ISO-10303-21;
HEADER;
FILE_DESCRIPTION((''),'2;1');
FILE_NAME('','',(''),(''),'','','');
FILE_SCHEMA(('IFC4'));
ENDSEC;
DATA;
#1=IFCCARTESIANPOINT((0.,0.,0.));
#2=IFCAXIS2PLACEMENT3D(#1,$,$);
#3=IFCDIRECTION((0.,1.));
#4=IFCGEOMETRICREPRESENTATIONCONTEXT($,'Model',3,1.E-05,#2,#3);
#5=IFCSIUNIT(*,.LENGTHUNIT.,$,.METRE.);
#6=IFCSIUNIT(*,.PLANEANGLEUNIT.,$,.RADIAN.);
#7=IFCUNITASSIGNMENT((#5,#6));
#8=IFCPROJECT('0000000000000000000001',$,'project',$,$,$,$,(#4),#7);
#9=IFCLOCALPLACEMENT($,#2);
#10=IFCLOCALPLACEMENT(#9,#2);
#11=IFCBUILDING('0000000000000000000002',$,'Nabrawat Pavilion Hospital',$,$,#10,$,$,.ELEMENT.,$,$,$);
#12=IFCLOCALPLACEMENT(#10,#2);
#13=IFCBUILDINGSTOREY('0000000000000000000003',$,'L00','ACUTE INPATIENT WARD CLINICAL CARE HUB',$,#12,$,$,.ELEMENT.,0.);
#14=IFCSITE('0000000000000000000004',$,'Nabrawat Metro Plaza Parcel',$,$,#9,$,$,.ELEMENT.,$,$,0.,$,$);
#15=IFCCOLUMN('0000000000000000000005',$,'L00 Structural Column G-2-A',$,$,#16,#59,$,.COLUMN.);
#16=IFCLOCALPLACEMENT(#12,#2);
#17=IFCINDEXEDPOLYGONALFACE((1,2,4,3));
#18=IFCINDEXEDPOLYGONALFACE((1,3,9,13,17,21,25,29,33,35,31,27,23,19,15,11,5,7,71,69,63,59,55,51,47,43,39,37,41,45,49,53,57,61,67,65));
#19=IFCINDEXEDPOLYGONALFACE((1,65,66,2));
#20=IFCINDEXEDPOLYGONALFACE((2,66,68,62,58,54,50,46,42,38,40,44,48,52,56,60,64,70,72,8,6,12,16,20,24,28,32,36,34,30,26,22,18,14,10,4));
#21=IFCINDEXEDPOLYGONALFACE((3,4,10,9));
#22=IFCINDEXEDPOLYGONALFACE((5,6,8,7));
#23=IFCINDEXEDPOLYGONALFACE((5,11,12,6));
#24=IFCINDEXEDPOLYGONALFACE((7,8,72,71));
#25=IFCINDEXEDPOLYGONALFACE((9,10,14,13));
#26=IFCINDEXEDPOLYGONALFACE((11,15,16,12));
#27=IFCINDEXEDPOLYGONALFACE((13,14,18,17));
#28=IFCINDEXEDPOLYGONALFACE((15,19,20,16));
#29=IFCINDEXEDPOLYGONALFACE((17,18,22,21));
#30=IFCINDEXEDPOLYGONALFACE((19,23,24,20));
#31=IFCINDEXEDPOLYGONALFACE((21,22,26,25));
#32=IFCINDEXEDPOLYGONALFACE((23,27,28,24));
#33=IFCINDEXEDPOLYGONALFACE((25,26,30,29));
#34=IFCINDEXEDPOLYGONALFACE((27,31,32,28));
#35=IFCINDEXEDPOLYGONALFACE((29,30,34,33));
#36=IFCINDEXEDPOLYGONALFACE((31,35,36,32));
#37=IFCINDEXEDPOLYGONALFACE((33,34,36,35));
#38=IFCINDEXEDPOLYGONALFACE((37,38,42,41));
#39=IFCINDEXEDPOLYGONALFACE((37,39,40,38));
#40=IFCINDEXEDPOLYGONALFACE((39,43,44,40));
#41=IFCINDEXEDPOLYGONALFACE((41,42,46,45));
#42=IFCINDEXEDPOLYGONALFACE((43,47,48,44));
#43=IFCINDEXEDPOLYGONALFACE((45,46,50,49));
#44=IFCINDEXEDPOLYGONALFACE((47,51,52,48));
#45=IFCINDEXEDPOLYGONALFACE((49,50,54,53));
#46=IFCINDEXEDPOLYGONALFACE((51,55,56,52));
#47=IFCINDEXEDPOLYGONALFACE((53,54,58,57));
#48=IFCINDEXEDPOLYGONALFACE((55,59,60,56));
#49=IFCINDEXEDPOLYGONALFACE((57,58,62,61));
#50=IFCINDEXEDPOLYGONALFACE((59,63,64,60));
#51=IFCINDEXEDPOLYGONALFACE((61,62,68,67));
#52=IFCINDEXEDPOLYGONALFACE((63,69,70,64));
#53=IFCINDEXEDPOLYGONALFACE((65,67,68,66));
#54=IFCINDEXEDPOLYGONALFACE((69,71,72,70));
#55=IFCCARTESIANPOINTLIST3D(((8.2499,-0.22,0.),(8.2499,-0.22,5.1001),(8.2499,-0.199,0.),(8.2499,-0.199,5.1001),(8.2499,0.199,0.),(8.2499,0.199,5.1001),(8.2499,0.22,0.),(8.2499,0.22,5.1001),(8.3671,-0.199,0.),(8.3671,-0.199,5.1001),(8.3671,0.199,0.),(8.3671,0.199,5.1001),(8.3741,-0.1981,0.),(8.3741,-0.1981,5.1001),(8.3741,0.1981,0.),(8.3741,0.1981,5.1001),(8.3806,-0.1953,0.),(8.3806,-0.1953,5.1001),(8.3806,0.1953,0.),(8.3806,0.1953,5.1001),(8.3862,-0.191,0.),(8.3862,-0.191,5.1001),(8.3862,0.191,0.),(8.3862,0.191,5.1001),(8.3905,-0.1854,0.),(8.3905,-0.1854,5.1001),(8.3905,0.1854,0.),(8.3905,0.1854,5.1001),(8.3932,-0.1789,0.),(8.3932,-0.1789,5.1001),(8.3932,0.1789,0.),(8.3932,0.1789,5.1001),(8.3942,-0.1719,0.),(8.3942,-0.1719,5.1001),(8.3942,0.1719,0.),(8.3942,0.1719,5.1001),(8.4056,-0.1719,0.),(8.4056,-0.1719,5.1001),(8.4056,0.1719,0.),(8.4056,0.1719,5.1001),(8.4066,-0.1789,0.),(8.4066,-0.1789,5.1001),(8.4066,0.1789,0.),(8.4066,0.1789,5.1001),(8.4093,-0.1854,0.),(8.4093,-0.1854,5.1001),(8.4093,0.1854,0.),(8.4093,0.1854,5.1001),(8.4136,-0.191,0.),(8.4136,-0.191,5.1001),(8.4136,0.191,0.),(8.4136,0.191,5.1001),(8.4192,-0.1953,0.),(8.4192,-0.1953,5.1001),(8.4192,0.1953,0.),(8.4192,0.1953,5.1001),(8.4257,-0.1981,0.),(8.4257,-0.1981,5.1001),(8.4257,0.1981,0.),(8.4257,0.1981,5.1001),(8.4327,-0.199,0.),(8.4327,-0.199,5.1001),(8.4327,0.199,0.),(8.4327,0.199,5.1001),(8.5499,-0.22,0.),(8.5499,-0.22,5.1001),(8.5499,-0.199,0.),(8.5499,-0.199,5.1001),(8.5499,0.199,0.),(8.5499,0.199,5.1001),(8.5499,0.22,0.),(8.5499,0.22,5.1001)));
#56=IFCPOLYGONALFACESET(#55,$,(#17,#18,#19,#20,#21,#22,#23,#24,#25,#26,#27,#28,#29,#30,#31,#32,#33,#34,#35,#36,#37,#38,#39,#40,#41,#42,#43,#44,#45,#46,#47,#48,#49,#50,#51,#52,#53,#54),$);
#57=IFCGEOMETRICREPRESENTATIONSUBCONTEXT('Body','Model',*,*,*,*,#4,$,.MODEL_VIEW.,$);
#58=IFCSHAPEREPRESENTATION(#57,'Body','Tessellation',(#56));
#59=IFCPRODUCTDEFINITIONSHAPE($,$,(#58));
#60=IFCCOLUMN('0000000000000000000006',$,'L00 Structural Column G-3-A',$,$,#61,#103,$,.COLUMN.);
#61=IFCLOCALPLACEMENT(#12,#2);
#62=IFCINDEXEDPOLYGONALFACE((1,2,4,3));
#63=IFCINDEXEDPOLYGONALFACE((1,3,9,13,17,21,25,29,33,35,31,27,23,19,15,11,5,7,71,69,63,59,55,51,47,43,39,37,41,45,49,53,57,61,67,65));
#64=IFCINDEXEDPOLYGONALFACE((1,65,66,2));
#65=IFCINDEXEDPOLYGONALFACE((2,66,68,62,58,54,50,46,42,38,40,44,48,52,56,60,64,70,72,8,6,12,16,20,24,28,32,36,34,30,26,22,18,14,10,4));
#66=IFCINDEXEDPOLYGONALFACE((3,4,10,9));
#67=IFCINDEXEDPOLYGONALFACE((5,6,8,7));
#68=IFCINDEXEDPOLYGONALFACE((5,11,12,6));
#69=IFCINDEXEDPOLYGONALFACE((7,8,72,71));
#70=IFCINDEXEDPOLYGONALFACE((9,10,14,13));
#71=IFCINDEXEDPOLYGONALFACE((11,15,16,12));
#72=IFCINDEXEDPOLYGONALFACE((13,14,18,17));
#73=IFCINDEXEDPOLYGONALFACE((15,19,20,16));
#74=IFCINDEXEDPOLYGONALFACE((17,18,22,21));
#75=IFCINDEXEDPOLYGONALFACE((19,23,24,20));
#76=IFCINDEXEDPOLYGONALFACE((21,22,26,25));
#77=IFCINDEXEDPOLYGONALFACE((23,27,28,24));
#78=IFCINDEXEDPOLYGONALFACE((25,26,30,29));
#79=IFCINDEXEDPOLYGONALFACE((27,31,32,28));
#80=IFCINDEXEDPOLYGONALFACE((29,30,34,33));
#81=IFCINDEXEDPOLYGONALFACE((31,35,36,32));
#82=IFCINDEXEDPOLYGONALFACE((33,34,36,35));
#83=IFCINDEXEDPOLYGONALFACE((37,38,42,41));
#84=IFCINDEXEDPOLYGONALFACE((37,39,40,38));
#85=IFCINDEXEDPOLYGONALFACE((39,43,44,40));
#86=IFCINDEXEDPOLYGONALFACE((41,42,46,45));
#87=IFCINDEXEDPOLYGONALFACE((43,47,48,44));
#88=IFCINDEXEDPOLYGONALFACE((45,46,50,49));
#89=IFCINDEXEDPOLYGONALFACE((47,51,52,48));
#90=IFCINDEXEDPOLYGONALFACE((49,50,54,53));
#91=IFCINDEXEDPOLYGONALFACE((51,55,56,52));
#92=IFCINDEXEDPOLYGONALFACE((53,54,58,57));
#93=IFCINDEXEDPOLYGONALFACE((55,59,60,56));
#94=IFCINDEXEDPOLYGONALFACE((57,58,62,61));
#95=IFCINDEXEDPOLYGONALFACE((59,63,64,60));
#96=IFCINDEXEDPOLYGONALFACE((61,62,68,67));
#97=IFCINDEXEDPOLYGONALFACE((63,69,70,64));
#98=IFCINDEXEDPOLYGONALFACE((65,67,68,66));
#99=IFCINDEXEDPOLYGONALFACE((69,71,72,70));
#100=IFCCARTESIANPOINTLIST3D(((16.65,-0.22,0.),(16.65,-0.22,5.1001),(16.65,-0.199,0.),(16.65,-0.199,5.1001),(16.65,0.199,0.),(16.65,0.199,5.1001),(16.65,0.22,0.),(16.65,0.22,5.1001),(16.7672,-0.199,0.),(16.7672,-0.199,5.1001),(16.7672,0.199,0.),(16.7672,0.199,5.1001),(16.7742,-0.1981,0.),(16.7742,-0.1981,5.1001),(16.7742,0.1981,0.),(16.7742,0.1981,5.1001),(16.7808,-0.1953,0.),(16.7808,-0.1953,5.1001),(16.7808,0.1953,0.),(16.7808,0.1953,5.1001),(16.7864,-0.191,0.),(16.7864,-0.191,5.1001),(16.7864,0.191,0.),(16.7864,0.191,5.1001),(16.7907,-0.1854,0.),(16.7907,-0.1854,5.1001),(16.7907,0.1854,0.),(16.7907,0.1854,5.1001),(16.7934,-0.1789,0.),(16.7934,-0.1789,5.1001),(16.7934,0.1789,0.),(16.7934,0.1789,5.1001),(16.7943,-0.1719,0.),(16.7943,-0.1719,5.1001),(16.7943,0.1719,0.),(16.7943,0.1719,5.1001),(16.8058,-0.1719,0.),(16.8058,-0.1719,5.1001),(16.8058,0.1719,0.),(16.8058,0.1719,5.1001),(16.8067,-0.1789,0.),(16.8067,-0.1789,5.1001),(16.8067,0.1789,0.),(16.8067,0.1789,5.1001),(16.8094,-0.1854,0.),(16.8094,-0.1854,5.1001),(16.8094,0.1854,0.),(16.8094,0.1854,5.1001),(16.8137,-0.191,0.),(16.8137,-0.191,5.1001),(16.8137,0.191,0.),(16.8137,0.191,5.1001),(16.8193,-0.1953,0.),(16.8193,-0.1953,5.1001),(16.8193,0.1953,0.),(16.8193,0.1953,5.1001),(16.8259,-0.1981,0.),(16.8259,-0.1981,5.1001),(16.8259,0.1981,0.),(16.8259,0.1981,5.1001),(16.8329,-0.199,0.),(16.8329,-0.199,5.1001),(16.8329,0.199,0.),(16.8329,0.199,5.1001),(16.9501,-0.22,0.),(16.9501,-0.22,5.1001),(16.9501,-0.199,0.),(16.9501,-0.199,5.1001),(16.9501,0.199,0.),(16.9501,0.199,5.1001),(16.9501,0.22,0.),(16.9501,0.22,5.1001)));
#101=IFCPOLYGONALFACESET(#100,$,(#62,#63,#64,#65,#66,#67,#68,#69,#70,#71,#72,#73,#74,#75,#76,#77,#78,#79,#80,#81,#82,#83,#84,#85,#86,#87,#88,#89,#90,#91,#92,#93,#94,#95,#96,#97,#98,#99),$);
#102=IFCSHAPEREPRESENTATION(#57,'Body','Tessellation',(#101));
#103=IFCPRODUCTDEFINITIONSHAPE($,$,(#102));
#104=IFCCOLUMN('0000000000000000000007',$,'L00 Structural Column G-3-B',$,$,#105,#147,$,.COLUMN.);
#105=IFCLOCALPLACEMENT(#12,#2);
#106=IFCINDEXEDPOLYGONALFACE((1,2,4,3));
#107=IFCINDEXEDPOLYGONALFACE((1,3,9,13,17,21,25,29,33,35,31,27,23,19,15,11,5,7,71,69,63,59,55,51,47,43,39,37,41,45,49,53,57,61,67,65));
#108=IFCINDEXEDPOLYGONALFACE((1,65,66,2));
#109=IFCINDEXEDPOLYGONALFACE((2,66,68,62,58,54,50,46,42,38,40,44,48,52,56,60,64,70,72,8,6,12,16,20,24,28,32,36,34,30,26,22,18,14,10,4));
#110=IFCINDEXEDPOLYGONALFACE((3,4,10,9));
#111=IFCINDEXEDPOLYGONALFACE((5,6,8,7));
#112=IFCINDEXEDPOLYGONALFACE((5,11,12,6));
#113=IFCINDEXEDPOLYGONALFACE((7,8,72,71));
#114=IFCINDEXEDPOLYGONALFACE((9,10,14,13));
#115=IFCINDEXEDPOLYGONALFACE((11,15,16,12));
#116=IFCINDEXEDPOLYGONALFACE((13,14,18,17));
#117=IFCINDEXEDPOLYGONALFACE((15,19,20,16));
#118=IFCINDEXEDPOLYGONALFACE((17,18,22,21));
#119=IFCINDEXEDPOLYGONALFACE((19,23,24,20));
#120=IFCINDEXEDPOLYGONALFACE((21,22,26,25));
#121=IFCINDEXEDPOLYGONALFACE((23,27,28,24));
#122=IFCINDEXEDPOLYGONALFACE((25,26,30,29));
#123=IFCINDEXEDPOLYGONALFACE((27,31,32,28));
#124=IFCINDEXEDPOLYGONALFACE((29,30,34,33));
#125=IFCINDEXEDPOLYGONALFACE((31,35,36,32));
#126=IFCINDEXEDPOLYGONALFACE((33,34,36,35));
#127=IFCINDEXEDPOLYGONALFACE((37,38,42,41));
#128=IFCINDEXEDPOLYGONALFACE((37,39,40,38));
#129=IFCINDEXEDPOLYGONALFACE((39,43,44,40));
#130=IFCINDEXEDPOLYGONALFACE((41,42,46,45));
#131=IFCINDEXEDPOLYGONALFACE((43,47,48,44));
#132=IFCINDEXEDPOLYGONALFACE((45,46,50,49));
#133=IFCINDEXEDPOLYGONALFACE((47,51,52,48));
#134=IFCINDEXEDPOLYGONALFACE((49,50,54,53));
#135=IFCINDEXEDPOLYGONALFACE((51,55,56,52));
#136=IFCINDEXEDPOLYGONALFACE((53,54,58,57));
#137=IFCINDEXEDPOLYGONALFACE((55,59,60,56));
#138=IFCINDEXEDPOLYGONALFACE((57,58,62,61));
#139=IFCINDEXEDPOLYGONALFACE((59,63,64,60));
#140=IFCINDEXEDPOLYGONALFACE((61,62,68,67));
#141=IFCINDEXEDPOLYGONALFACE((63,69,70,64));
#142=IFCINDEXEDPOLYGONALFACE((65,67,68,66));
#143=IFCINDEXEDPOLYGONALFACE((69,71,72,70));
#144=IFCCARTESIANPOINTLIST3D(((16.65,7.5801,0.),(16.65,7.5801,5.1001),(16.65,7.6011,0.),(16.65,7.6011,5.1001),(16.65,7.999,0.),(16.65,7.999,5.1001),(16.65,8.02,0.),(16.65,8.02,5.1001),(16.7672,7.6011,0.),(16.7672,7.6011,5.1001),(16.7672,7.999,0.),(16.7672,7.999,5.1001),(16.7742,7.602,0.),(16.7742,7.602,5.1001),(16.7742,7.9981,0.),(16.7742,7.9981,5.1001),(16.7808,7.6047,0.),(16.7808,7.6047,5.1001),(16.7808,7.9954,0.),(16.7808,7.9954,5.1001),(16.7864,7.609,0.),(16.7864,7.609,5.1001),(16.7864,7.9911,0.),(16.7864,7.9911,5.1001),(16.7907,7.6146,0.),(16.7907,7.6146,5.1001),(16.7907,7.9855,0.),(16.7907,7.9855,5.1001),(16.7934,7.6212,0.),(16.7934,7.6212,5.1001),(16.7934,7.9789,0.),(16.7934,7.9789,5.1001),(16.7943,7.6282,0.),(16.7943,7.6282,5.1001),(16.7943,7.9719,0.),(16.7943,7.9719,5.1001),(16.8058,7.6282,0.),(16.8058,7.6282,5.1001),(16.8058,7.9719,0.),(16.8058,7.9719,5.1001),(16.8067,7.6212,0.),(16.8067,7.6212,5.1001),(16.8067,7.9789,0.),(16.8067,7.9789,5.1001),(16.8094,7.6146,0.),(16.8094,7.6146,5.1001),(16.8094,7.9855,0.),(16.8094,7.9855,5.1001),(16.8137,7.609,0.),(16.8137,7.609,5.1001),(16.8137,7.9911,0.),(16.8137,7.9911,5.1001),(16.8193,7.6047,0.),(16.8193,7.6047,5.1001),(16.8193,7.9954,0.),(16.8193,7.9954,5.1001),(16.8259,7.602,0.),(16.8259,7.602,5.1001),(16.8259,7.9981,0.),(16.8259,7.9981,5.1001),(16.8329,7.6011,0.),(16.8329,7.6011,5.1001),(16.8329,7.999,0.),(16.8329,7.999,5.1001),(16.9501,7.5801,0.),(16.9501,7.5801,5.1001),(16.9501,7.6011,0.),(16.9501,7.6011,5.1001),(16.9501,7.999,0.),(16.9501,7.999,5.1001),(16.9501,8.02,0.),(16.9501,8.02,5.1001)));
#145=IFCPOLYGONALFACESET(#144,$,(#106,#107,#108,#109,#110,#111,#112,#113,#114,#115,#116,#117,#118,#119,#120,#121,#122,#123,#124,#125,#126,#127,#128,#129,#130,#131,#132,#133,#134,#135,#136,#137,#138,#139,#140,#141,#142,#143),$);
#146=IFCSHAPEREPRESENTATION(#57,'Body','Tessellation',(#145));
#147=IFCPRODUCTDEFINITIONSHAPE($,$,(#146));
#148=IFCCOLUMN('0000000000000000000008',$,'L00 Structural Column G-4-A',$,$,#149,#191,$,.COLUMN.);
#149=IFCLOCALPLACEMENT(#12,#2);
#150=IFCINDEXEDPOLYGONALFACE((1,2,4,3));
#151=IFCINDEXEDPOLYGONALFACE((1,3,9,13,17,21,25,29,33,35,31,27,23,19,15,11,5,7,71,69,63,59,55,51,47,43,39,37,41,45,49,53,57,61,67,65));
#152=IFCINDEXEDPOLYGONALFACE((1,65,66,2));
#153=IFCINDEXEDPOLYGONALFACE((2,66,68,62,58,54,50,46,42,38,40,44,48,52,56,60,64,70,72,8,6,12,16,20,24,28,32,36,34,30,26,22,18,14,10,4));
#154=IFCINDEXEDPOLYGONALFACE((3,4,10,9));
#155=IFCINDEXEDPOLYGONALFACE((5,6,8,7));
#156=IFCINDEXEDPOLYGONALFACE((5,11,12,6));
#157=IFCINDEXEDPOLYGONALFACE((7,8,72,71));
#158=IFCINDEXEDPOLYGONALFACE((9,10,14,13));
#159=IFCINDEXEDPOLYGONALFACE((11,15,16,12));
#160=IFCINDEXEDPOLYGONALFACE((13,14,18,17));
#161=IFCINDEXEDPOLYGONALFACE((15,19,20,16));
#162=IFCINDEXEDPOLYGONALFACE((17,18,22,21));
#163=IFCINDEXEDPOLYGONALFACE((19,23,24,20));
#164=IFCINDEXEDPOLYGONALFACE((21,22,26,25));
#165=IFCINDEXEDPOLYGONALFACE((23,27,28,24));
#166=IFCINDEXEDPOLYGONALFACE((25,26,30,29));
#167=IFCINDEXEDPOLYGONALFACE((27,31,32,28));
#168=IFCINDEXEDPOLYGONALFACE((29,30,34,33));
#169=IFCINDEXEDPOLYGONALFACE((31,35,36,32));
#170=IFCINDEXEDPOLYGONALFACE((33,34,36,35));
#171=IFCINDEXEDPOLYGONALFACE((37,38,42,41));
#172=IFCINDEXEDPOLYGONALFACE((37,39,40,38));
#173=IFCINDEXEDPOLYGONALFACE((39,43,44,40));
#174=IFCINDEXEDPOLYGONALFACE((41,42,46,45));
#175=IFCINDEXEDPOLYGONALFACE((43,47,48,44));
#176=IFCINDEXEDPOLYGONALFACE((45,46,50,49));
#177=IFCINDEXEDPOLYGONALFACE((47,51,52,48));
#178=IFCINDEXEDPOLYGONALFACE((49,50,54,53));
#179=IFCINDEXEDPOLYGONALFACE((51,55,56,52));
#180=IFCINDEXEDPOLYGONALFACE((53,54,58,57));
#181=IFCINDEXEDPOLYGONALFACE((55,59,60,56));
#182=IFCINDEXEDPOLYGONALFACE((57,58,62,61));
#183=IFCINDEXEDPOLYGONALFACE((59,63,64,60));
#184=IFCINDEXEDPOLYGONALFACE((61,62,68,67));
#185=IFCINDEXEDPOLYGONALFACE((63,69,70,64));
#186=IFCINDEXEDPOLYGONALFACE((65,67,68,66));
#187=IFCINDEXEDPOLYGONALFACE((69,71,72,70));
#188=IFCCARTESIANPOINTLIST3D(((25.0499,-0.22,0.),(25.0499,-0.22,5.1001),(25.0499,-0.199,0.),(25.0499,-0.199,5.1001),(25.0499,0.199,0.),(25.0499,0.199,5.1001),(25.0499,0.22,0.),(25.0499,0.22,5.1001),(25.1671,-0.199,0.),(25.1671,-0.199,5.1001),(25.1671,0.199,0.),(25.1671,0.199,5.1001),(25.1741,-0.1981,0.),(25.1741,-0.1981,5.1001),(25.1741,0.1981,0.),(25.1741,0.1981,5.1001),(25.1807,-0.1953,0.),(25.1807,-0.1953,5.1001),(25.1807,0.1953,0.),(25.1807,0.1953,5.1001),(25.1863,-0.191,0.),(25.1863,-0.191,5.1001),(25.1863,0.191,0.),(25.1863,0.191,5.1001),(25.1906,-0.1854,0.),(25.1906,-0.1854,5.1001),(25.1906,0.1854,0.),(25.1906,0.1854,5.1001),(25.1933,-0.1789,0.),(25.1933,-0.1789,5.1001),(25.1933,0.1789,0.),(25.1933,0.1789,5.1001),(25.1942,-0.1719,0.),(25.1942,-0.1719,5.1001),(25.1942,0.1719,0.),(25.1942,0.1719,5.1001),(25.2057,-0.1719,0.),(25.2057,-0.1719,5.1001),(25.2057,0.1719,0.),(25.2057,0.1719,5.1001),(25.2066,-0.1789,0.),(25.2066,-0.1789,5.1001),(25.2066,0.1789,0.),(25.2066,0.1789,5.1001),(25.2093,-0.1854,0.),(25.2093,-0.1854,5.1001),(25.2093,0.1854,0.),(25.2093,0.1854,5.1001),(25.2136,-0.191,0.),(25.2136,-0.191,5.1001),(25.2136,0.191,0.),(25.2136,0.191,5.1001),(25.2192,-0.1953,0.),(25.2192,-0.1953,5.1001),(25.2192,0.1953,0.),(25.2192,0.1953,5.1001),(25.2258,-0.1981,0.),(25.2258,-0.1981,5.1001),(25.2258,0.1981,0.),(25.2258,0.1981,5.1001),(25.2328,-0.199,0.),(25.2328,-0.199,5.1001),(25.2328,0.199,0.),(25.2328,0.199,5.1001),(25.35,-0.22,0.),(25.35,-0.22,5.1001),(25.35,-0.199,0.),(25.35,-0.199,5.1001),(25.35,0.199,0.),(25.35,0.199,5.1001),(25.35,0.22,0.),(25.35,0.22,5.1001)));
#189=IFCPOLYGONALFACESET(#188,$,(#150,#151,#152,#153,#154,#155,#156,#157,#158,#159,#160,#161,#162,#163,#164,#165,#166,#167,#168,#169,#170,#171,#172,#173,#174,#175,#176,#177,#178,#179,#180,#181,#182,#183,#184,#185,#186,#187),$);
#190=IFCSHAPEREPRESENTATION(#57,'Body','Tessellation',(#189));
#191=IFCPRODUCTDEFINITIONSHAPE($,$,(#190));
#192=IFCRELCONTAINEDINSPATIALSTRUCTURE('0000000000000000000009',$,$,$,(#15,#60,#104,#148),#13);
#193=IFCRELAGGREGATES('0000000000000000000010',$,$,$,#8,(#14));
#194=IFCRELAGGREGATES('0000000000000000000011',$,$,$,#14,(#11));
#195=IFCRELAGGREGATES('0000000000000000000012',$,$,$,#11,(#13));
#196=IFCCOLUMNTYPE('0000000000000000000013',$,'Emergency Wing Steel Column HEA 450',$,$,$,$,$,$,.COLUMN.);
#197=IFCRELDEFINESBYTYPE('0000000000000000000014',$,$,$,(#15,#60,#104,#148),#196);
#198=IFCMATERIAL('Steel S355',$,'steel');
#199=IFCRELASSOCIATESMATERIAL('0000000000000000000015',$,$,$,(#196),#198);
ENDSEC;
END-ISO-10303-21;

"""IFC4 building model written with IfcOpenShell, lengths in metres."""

from ifc_helpers import new_model, si_unit, direction, frame, origin, origin_2d, place, context, subcontext, project, spatial, i_section, extrude, material, material_profile, profile_set, type_object, element, save


model = new_model("IFC4")

# Units and contexts
model_context = context("Model", 3, precision=1e-05, world=origin(), true_north=direction((0.0, 1.0)))
body_context = subcontext(model_context, "Body", "Model", "MODEL_VIEW")
ifc_project = project(units=[si_unit("LENGTHUNIT", "METRE"), si_unit("PLANEANGLEUNIT", "RADIAN")], contexts=[model_context])

# Site, building, storey
site_placement = place(None, origin())
site = spatial("IfcSite", under=ifc_project, at=site_placement, Name="Nabrawat Metro Plaza Parcel", CompositionType="ELEMENT", RefElevation=0.0)
building_placement = place(site_placement, origin())
building = spatial("IfcBuilding", under=site, at=building_placement, Name="Nabrawat Pavilion Hospital", CompositionType="ELEMENT")
storey_placement = place(building_placement, origin())
storey = spatial("IfcBuildingStorey", under=building, at=storey_placement, Name="L00", Description="ACUTE INPATIENT WARD CLINICAL CARE HUB", CompositionType="ELEMENT", Elevation=0.0)

# Columns
ifc_material_1 = material(Name="Steel S355", Category="steel")
ifc_material_profile_1 = material_profile(ifc_material_1, i_section(OverallWidth=0.3, OverallDepth=0.4399, WebThickness=0.0115, FlangeThickness=0.021, FilletRadius=0.0271, at=origin_2d()), Name="HEA 450")
ifc_profile_set_1 = profile_set([ifc_material_profile_1], Name="Steel S355")
column_type_1 = type_object("IfcColumnType", Name="Emergency Wing Steel Column HEA 450", PredefinedType="COLUMN", material=ifc_profile_set_1)
for number, where, z_axis, x_axis, name in (
    (1, (8.3999, 0.0, 0.0), (0.0, 0.0, 1.0), (1.0, 0.0, 0.0), "L00 Structural Column G-2-A"),
    (2, (16.8, 0.0, 0.0), (0.0, 0.0, 1.0), (1.0, 0.0, 0.0), "L00 Structural Column G-3-A"),
    (3, (16.8, 7.8, 0.0), (0.0, 0.0, 1.0), (1.0, 0.0, 0.0), "L00 Structural Column G-3-B"),
    (4, (25.2, 0.0, 0.0), (0.0, 0.0, 1.0), (1.0, 0.0, 0.0), "L00 Structural Column G-4-A"),
):
    element("IfcColumn", number, at=place(storey_placement, frame(where, z_axis=z_axis, x_axis=x_axis)), inside=storey, type_object=column_type_1, Name=name, PredefinedType="COLUMN", context=body_context, shape_type="SweptSolid", body=[
        extrude(i_section(OverallWidth=0.3, OverallDepth=0.4399, WebThickness=0.0115, FlangeThickness=0.021, FilletRadius=0.0271, at=origin_2d()), origin(), (0.0, 0.0, 1.0), 5.1001),
    ])

save(model, "model.ifc")
